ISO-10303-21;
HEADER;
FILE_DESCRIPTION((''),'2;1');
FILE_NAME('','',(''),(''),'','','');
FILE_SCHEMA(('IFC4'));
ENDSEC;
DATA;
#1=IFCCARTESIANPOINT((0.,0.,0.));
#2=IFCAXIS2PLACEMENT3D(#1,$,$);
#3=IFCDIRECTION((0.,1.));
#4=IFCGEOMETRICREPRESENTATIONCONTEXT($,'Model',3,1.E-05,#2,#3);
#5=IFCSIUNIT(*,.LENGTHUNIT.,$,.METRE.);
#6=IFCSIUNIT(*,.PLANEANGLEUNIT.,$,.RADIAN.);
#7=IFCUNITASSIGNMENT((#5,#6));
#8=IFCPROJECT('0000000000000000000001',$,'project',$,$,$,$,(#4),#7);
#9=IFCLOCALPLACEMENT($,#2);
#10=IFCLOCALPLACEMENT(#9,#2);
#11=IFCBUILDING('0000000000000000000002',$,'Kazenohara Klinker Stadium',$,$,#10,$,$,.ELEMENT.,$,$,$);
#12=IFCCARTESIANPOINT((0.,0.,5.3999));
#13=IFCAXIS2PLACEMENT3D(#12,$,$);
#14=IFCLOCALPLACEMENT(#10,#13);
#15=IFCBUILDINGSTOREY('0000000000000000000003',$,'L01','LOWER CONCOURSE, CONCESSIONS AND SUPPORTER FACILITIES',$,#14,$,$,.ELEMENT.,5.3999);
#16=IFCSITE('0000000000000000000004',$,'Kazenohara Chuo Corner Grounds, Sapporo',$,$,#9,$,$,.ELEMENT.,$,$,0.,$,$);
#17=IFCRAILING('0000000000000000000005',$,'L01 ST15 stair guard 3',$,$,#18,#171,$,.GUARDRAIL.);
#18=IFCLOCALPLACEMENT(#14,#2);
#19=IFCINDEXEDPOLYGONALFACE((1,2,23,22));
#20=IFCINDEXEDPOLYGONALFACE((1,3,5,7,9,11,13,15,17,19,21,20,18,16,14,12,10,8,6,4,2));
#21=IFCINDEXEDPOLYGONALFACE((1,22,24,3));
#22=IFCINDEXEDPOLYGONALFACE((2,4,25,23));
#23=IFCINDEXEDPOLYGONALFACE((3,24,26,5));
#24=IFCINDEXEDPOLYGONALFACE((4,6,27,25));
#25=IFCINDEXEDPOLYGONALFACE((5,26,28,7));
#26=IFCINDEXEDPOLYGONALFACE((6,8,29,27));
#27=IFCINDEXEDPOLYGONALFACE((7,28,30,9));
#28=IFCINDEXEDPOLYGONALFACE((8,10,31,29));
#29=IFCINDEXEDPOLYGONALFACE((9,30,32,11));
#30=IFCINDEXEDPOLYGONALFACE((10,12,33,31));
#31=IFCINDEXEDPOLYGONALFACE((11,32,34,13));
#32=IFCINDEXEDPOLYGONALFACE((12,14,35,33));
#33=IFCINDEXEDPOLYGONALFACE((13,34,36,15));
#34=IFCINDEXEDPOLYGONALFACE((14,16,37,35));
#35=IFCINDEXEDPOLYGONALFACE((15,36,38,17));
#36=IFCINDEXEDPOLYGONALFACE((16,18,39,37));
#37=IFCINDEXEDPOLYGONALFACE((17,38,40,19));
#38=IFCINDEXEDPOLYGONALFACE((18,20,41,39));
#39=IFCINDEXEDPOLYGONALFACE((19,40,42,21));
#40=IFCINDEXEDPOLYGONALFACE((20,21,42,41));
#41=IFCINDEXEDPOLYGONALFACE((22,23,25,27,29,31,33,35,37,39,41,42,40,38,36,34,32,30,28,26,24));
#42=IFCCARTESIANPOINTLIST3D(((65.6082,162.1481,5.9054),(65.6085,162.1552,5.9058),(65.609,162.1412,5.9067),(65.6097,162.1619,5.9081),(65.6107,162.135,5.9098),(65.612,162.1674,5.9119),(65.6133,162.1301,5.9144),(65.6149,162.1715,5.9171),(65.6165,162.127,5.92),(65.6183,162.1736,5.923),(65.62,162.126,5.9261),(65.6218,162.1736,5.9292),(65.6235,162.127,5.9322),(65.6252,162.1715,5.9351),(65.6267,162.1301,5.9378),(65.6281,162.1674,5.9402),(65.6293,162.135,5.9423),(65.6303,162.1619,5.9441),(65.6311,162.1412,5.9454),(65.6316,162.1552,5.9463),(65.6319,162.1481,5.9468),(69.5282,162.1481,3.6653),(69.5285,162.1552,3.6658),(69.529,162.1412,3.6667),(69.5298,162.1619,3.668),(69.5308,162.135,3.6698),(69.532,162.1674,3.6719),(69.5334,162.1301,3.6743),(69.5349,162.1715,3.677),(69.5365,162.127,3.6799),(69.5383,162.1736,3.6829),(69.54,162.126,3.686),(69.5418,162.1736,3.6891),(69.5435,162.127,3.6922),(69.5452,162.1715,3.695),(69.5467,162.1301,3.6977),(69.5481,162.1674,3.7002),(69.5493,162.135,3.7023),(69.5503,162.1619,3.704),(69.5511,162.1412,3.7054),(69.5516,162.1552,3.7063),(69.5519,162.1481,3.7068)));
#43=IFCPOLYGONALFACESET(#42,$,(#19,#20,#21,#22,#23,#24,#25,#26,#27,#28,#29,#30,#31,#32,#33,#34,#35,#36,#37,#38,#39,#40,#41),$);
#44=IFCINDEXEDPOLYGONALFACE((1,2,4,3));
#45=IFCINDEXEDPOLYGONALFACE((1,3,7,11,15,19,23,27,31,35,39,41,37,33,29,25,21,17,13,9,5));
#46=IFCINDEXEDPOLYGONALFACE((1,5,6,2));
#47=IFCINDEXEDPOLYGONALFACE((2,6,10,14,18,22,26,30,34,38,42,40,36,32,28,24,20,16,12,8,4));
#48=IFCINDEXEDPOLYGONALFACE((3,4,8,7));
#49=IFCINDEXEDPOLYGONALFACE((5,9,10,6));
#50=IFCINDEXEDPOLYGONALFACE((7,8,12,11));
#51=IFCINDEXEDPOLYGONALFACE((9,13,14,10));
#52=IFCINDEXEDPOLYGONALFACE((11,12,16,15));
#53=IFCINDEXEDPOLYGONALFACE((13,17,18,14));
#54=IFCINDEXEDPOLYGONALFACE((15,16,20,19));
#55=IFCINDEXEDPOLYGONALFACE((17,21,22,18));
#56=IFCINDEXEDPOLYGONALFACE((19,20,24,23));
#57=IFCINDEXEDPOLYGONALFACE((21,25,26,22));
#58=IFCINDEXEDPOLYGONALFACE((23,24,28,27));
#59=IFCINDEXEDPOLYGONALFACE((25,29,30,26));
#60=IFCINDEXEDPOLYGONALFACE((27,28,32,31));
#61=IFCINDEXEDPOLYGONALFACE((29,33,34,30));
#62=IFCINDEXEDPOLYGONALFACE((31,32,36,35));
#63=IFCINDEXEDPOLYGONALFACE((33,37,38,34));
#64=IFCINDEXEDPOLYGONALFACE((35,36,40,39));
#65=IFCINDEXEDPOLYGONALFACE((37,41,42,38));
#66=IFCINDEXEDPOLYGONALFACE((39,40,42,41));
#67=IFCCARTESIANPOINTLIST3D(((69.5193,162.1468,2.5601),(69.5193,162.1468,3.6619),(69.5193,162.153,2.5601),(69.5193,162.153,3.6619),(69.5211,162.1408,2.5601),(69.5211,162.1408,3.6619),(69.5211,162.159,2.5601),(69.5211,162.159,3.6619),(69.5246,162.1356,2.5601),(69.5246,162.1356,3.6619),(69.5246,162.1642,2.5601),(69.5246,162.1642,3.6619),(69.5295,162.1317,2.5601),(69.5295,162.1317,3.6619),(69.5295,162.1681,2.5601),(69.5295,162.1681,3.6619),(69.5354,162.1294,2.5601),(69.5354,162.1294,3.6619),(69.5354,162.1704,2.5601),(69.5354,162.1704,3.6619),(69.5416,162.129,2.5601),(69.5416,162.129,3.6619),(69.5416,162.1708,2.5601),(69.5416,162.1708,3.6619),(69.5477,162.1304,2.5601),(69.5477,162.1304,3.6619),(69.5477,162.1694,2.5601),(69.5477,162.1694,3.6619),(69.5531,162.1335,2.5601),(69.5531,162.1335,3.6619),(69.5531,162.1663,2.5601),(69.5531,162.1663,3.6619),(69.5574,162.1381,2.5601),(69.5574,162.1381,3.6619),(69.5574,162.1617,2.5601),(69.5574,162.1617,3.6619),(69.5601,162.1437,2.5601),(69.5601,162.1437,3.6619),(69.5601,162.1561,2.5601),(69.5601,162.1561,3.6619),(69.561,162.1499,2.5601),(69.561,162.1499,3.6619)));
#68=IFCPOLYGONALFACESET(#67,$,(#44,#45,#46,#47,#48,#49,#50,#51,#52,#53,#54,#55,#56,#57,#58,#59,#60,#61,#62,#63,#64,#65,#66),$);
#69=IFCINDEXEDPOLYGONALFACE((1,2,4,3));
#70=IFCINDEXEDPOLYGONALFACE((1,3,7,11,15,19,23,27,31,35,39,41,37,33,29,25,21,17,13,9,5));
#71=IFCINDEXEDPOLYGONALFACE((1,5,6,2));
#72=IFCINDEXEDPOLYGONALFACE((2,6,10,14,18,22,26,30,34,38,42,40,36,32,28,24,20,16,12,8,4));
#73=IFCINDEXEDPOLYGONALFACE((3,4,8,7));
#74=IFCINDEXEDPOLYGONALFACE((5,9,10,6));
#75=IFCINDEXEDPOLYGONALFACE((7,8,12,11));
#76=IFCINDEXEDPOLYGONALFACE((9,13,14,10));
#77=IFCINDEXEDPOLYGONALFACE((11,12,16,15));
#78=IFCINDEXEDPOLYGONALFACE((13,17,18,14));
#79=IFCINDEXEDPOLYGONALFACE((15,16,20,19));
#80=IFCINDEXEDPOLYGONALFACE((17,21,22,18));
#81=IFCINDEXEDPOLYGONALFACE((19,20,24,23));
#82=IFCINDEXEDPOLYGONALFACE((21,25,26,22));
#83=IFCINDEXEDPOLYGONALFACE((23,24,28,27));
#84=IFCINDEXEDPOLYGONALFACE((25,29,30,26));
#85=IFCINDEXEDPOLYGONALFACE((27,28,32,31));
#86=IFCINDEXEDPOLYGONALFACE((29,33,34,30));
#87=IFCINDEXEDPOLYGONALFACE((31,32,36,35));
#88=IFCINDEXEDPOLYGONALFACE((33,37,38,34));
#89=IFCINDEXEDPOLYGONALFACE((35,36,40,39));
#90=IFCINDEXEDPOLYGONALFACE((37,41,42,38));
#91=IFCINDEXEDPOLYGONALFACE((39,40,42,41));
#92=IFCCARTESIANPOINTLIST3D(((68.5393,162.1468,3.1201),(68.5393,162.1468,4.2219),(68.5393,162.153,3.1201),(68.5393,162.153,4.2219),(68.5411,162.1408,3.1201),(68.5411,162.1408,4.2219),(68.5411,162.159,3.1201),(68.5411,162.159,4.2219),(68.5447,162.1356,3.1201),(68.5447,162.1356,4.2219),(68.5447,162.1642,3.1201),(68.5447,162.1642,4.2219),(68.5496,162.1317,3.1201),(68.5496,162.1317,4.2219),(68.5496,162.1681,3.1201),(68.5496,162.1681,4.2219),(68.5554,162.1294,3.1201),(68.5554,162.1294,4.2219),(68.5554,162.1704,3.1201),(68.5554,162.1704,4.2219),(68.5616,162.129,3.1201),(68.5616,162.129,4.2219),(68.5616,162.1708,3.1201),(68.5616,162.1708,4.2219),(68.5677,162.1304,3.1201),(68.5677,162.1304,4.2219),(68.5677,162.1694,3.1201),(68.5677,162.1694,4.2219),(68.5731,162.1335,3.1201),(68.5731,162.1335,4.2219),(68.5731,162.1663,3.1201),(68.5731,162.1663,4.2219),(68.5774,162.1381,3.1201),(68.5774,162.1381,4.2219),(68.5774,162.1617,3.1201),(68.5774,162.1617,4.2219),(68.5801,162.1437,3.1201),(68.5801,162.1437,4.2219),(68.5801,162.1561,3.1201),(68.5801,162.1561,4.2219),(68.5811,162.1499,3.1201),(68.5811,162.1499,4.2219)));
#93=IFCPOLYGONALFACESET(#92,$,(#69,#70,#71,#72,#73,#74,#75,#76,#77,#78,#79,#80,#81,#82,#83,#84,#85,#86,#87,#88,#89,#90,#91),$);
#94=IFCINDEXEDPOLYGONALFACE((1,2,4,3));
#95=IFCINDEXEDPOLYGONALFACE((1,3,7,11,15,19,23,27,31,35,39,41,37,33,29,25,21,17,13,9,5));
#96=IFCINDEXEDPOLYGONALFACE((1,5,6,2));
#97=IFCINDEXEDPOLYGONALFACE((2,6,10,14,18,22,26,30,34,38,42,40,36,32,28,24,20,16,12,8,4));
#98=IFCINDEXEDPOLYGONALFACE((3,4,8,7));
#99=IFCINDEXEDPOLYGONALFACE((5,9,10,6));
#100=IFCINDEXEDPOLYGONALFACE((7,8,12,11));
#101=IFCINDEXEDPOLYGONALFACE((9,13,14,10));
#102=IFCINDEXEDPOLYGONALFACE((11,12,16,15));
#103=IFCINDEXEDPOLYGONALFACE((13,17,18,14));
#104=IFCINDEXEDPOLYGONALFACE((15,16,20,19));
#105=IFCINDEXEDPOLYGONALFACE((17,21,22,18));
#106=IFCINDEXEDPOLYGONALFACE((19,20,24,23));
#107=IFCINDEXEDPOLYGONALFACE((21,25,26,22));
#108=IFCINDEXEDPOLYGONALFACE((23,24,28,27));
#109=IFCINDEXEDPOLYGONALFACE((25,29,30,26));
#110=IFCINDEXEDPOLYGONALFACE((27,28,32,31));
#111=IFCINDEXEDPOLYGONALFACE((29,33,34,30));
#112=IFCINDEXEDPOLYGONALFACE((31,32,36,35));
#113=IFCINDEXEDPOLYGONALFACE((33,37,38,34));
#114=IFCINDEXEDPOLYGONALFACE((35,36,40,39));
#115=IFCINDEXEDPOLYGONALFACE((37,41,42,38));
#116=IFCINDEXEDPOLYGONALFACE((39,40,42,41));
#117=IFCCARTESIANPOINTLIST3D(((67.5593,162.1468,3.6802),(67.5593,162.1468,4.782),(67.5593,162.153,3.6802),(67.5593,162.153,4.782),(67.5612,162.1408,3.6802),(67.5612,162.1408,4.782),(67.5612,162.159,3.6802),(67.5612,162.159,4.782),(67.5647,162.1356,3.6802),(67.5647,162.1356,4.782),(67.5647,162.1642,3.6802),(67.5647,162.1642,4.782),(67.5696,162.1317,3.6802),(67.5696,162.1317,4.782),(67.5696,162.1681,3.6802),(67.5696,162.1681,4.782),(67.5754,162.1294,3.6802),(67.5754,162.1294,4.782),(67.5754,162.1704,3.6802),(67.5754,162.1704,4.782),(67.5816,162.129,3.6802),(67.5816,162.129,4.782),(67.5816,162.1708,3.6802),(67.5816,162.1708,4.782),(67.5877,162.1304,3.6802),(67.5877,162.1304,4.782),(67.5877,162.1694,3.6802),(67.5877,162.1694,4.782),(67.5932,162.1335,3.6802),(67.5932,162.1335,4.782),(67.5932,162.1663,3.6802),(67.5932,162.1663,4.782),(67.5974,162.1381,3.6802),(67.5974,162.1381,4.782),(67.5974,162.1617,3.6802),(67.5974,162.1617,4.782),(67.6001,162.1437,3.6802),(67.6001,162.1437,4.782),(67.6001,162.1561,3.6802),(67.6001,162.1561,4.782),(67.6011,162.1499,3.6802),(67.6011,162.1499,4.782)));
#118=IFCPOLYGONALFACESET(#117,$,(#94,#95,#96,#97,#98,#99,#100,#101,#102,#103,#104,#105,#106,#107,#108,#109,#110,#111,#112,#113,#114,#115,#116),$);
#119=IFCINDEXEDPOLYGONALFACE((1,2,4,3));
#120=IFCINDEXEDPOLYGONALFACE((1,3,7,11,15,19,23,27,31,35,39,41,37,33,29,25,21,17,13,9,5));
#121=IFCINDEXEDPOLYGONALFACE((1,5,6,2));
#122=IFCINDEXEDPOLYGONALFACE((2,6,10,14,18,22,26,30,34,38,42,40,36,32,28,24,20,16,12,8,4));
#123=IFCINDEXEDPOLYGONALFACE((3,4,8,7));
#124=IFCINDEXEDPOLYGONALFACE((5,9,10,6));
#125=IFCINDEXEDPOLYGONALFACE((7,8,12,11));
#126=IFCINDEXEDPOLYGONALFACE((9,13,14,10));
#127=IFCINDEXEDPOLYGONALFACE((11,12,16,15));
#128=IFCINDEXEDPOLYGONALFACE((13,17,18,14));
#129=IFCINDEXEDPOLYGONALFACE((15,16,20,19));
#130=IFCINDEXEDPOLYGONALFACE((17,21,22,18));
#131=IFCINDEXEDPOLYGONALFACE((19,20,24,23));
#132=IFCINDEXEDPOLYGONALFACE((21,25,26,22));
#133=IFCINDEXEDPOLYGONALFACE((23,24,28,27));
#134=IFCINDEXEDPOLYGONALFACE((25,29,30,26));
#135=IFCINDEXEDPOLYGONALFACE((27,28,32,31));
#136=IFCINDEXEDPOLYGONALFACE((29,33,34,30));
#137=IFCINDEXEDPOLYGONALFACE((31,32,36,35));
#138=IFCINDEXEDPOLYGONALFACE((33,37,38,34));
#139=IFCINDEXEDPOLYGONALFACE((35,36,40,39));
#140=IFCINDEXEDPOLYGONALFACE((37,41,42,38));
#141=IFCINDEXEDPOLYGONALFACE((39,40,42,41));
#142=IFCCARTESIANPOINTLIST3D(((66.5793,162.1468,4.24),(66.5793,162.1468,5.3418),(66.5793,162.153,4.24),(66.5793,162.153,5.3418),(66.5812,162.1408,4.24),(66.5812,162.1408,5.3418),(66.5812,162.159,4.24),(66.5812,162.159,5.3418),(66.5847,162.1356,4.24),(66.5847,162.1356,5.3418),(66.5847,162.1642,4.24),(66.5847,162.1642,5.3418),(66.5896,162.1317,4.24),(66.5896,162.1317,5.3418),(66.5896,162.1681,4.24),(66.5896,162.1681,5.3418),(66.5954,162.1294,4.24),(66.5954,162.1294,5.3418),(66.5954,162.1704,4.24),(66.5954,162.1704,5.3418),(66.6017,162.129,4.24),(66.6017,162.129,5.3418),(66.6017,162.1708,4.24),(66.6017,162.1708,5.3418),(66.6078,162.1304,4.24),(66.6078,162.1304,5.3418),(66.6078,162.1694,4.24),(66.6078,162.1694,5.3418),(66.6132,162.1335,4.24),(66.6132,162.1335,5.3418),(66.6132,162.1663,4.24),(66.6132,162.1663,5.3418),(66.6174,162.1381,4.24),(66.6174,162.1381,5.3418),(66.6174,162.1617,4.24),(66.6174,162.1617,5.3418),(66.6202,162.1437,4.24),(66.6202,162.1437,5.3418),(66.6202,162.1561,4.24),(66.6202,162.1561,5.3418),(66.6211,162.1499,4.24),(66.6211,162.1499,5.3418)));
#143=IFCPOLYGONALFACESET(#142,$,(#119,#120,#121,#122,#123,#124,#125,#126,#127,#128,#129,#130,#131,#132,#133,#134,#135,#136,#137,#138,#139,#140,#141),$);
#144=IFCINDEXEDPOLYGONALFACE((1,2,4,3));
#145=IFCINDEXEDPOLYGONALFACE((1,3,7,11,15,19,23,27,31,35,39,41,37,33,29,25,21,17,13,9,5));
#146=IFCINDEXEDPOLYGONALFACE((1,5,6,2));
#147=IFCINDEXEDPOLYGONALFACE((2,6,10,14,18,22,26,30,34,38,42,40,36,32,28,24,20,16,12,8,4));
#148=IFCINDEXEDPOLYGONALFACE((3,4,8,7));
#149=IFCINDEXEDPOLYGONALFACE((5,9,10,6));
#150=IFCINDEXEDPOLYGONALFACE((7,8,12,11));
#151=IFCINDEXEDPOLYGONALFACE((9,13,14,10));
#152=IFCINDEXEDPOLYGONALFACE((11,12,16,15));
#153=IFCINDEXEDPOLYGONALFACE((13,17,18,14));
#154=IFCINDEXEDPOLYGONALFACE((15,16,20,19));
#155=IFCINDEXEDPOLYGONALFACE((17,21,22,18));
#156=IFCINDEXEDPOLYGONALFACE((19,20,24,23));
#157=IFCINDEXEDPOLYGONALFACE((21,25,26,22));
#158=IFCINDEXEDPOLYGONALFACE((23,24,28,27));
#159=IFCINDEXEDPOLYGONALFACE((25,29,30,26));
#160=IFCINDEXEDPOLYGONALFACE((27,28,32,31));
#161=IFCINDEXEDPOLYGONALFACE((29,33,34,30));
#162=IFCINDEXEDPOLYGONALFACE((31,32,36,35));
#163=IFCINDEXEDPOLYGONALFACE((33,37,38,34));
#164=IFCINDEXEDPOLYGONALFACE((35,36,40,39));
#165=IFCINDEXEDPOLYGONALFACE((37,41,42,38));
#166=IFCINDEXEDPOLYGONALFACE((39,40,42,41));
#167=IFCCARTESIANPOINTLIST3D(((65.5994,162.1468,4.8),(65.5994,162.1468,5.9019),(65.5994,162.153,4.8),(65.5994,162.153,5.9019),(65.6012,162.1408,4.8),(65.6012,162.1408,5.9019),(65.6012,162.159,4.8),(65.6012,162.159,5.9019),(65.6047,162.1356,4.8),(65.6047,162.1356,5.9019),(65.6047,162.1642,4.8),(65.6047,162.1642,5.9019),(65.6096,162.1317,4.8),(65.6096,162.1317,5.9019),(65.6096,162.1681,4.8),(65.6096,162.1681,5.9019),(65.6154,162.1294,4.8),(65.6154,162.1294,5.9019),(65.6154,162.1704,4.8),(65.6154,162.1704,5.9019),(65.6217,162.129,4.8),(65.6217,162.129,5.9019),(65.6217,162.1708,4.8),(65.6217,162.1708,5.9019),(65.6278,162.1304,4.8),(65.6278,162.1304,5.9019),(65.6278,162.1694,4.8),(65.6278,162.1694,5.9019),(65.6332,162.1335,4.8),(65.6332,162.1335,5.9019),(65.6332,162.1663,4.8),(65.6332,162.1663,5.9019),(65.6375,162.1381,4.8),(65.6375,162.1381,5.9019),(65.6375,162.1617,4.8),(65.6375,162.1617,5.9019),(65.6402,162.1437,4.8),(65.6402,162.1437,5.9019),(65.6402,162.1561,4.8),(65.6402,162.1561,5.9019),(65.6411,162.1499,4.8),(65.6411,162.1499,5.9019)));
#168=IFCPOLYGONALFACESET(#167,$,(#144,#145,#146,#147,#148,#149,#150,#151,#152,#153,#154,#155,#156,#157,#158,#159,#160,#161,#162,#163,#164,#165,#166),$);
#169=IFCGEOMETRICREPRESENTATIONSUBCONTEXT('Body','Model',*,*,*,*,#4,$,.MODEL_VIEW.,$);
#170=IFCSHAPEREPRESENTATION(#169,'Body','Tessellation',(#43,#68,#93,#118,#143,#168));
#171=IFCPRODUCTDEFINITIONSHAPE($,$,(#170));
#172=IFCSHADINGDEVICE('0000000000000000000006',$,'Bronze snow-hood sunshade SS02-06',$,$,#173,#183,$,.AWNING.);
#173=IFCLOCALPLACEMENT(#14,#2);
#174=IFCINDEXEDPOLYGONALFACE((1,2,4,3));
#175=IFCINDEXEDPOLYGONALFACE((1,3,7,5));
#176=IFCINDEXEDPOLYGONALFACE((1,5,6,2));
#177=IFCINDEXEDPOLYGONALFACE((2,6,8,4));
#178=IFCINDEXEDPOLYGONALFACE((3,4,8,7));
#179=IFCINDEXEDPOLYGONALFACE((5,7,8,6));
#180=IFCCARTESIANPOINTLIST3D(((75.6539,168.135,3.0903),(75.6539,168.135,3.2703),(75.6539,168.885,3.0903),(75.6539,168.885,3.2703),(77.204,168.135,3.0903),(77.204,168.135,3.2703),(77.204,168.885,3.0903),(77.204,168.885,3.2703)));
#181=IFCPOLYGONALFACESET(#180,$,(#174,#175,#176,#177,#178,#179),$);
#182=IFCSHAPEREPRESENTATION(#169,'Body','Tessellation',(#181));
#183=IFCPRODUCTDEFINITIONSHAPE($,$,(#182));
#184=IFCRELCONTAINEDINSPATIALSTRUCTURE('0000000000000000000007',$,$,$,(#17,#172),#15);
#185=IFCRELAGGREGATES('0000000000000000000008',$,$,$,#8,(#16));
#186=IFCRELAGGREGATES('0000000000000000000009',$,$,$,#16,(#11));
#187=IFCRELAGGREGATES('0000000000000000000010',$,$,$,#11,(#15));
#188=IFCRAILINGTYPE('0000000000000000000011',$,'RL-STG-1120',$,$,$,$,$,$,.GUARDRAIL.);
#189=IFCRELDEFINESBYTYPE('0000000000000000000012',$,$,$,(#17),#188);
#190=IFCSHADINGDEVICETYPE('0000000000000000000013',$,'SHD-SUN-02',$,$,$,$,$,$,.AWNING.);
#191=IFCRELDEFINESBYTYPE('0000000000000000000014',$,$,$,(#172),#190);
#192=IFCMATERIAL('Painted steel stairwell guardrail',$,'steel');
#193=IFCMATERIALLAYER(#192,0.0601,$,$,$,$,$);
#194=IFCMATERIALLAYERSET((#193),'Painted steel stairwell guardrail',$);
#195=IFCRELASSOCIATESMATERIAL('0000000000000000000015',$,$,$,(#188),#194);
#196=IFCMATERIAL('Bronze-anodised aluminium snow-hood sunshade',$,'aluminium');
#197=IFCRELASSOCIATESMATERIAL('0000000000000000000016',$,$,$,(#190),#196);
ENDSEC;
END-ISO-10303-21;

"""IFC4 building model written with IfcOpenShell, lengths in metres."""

from ifc_helpers import new_model, si_unit, direction, frame, origin, origin_2d, place, context, subcontext, project, spatial, rectangle, circle, extrude, material, layer, layer_set, type_object, element, save


model = new_model("IFC4")

# Units and contexts
model_context = context("Model", 3, precision=1e-05, world=origin(), true_north=direction((0.0, 1.0)))
body_context = subcontext(model_context, "Body", "Model", "MODEL_VIEW")
ifc_project = project(units=[si_unit("LENGTHUNIT", "METRE"), si_unit("PLANEANGLEUNIT", "RADIAN")], contexts=[model_context])

# Site, building, storey
site_placement = place(None, origin())
site = spatial("IfcSite", under=ifc_project, at=site_placement, Name="Kazenohara Chuo Corner Grounds, Sapporo", CompositionType="ELEMENT", RefElevation=0.0)
building_placement = place(site_placement, origin())
building = spatial("IfcBuilding", under=site, at=building_placement, Name="Kazenohara Klinker Stadium", CompositionType="ELEMENT")
storey_placement = place(building_placement, frame((0.0, 0.0, 5.3999)))
storey = spatial("IfcBuildingStorey", under=building, at=storey_placement, Name="L01", Description="LOWER CONCOURSE, CONCESSIONS AND SUPPORTER FACILITIES", CompositionType="ELEMENT", Elevation=5.3999)

# Railing
ifc_material_1 = material(Name="Painted steel stairwell guardrail", Category="steel")
ifc_layer_1 = layer(ifc_material_1, 0.0601)
ifc_layer_set_1 = layer_set([ifc_layer_1], Name="Painted steel stairwell guardrail")
railing_type_1 = type_object("IfcRailingType", Name="RL-STG-1120", PredefinedType="GUARDRAIL", material=ifc_layer_set_1)
railing_1_placement = place(storey_placement, frame((69.54, 162.1499, 2.5601)))
element("IfcRailing", 1, at=railing_1_placement, inside=storey, type_object=railing_type_1, Name="L01 ST15 stair guard 3", PredefinedType="GUARDRAIL", context=body_context, shape_type="SweptSolid", body=[
    extrude(circle(Radius=0.0239, at=origin_2d()), frame((0.0, 0.0, 1.126), z_axis=(-0.86824, 0.0, 0.496145), x_axis=(0.0, -1.0, 0.0)), (0.0, 0.0, 1.0), 4.5149),
    extrude(circle(Radius=0.021, at=origin_2d()), origin(), (0.0, 0.0, 1.0), 1.1018),
    extrude(circle(Radius=0.021, at=origin_2d()), frame((-0.98, 0.0, 0.5601)), (0.0, 0.0, 1.0), 1.1018),
    extrude(circle(Radius=0.021, at=origin_2d()), frame((-1.96, 0.0, 1.1201)), (0.0, 0.0, 1.0), 1.1018),
    extrude(circle(Radius=0.021, at=origin_2d()), frame((-2.9399, 0.0, 1.6799)), (0.0, 0.0, 1.0), 1.1018),
    extrude(circle(Radius=0.021, at=origin_2d()), frame((-3.9199, 0.0, 2.24)), (0.0, 0.0, 1.0), 1.1018),
])

# Shading device
ifc_material_2 = material(Name="Bronze-anodised aluminium snow-hood sunshade", Category="aluminium")
shading_device_type = type_object("IfcShadingDeviceType", Name="SHD-SUN-02", PredefinedType="AWNING", material=ifc_material_2)
shading_device_placement = place(storey_placement, frame((76.429, 168.51, 3.0903), z_axis=(0.0, 0.0, 1.0), x_axis=(1.0, 0.0, 0.0)))
element("IfcShadingDevice", 2, at=shading_device_placement, inside=storey, type_object=shading_device_type, Name="Bronze snow-hood sunshade SS02-06", PredefinedType="AWNING", context=body_context, shape_type="SweptSolid", body=[
    extrude(rectangle(XDim=1.55, YDim=0.75, at=origin_2d()), origin(), (0.0, 0.0, 1.0), 0.1799),
])

save(model, "model.ifc")
